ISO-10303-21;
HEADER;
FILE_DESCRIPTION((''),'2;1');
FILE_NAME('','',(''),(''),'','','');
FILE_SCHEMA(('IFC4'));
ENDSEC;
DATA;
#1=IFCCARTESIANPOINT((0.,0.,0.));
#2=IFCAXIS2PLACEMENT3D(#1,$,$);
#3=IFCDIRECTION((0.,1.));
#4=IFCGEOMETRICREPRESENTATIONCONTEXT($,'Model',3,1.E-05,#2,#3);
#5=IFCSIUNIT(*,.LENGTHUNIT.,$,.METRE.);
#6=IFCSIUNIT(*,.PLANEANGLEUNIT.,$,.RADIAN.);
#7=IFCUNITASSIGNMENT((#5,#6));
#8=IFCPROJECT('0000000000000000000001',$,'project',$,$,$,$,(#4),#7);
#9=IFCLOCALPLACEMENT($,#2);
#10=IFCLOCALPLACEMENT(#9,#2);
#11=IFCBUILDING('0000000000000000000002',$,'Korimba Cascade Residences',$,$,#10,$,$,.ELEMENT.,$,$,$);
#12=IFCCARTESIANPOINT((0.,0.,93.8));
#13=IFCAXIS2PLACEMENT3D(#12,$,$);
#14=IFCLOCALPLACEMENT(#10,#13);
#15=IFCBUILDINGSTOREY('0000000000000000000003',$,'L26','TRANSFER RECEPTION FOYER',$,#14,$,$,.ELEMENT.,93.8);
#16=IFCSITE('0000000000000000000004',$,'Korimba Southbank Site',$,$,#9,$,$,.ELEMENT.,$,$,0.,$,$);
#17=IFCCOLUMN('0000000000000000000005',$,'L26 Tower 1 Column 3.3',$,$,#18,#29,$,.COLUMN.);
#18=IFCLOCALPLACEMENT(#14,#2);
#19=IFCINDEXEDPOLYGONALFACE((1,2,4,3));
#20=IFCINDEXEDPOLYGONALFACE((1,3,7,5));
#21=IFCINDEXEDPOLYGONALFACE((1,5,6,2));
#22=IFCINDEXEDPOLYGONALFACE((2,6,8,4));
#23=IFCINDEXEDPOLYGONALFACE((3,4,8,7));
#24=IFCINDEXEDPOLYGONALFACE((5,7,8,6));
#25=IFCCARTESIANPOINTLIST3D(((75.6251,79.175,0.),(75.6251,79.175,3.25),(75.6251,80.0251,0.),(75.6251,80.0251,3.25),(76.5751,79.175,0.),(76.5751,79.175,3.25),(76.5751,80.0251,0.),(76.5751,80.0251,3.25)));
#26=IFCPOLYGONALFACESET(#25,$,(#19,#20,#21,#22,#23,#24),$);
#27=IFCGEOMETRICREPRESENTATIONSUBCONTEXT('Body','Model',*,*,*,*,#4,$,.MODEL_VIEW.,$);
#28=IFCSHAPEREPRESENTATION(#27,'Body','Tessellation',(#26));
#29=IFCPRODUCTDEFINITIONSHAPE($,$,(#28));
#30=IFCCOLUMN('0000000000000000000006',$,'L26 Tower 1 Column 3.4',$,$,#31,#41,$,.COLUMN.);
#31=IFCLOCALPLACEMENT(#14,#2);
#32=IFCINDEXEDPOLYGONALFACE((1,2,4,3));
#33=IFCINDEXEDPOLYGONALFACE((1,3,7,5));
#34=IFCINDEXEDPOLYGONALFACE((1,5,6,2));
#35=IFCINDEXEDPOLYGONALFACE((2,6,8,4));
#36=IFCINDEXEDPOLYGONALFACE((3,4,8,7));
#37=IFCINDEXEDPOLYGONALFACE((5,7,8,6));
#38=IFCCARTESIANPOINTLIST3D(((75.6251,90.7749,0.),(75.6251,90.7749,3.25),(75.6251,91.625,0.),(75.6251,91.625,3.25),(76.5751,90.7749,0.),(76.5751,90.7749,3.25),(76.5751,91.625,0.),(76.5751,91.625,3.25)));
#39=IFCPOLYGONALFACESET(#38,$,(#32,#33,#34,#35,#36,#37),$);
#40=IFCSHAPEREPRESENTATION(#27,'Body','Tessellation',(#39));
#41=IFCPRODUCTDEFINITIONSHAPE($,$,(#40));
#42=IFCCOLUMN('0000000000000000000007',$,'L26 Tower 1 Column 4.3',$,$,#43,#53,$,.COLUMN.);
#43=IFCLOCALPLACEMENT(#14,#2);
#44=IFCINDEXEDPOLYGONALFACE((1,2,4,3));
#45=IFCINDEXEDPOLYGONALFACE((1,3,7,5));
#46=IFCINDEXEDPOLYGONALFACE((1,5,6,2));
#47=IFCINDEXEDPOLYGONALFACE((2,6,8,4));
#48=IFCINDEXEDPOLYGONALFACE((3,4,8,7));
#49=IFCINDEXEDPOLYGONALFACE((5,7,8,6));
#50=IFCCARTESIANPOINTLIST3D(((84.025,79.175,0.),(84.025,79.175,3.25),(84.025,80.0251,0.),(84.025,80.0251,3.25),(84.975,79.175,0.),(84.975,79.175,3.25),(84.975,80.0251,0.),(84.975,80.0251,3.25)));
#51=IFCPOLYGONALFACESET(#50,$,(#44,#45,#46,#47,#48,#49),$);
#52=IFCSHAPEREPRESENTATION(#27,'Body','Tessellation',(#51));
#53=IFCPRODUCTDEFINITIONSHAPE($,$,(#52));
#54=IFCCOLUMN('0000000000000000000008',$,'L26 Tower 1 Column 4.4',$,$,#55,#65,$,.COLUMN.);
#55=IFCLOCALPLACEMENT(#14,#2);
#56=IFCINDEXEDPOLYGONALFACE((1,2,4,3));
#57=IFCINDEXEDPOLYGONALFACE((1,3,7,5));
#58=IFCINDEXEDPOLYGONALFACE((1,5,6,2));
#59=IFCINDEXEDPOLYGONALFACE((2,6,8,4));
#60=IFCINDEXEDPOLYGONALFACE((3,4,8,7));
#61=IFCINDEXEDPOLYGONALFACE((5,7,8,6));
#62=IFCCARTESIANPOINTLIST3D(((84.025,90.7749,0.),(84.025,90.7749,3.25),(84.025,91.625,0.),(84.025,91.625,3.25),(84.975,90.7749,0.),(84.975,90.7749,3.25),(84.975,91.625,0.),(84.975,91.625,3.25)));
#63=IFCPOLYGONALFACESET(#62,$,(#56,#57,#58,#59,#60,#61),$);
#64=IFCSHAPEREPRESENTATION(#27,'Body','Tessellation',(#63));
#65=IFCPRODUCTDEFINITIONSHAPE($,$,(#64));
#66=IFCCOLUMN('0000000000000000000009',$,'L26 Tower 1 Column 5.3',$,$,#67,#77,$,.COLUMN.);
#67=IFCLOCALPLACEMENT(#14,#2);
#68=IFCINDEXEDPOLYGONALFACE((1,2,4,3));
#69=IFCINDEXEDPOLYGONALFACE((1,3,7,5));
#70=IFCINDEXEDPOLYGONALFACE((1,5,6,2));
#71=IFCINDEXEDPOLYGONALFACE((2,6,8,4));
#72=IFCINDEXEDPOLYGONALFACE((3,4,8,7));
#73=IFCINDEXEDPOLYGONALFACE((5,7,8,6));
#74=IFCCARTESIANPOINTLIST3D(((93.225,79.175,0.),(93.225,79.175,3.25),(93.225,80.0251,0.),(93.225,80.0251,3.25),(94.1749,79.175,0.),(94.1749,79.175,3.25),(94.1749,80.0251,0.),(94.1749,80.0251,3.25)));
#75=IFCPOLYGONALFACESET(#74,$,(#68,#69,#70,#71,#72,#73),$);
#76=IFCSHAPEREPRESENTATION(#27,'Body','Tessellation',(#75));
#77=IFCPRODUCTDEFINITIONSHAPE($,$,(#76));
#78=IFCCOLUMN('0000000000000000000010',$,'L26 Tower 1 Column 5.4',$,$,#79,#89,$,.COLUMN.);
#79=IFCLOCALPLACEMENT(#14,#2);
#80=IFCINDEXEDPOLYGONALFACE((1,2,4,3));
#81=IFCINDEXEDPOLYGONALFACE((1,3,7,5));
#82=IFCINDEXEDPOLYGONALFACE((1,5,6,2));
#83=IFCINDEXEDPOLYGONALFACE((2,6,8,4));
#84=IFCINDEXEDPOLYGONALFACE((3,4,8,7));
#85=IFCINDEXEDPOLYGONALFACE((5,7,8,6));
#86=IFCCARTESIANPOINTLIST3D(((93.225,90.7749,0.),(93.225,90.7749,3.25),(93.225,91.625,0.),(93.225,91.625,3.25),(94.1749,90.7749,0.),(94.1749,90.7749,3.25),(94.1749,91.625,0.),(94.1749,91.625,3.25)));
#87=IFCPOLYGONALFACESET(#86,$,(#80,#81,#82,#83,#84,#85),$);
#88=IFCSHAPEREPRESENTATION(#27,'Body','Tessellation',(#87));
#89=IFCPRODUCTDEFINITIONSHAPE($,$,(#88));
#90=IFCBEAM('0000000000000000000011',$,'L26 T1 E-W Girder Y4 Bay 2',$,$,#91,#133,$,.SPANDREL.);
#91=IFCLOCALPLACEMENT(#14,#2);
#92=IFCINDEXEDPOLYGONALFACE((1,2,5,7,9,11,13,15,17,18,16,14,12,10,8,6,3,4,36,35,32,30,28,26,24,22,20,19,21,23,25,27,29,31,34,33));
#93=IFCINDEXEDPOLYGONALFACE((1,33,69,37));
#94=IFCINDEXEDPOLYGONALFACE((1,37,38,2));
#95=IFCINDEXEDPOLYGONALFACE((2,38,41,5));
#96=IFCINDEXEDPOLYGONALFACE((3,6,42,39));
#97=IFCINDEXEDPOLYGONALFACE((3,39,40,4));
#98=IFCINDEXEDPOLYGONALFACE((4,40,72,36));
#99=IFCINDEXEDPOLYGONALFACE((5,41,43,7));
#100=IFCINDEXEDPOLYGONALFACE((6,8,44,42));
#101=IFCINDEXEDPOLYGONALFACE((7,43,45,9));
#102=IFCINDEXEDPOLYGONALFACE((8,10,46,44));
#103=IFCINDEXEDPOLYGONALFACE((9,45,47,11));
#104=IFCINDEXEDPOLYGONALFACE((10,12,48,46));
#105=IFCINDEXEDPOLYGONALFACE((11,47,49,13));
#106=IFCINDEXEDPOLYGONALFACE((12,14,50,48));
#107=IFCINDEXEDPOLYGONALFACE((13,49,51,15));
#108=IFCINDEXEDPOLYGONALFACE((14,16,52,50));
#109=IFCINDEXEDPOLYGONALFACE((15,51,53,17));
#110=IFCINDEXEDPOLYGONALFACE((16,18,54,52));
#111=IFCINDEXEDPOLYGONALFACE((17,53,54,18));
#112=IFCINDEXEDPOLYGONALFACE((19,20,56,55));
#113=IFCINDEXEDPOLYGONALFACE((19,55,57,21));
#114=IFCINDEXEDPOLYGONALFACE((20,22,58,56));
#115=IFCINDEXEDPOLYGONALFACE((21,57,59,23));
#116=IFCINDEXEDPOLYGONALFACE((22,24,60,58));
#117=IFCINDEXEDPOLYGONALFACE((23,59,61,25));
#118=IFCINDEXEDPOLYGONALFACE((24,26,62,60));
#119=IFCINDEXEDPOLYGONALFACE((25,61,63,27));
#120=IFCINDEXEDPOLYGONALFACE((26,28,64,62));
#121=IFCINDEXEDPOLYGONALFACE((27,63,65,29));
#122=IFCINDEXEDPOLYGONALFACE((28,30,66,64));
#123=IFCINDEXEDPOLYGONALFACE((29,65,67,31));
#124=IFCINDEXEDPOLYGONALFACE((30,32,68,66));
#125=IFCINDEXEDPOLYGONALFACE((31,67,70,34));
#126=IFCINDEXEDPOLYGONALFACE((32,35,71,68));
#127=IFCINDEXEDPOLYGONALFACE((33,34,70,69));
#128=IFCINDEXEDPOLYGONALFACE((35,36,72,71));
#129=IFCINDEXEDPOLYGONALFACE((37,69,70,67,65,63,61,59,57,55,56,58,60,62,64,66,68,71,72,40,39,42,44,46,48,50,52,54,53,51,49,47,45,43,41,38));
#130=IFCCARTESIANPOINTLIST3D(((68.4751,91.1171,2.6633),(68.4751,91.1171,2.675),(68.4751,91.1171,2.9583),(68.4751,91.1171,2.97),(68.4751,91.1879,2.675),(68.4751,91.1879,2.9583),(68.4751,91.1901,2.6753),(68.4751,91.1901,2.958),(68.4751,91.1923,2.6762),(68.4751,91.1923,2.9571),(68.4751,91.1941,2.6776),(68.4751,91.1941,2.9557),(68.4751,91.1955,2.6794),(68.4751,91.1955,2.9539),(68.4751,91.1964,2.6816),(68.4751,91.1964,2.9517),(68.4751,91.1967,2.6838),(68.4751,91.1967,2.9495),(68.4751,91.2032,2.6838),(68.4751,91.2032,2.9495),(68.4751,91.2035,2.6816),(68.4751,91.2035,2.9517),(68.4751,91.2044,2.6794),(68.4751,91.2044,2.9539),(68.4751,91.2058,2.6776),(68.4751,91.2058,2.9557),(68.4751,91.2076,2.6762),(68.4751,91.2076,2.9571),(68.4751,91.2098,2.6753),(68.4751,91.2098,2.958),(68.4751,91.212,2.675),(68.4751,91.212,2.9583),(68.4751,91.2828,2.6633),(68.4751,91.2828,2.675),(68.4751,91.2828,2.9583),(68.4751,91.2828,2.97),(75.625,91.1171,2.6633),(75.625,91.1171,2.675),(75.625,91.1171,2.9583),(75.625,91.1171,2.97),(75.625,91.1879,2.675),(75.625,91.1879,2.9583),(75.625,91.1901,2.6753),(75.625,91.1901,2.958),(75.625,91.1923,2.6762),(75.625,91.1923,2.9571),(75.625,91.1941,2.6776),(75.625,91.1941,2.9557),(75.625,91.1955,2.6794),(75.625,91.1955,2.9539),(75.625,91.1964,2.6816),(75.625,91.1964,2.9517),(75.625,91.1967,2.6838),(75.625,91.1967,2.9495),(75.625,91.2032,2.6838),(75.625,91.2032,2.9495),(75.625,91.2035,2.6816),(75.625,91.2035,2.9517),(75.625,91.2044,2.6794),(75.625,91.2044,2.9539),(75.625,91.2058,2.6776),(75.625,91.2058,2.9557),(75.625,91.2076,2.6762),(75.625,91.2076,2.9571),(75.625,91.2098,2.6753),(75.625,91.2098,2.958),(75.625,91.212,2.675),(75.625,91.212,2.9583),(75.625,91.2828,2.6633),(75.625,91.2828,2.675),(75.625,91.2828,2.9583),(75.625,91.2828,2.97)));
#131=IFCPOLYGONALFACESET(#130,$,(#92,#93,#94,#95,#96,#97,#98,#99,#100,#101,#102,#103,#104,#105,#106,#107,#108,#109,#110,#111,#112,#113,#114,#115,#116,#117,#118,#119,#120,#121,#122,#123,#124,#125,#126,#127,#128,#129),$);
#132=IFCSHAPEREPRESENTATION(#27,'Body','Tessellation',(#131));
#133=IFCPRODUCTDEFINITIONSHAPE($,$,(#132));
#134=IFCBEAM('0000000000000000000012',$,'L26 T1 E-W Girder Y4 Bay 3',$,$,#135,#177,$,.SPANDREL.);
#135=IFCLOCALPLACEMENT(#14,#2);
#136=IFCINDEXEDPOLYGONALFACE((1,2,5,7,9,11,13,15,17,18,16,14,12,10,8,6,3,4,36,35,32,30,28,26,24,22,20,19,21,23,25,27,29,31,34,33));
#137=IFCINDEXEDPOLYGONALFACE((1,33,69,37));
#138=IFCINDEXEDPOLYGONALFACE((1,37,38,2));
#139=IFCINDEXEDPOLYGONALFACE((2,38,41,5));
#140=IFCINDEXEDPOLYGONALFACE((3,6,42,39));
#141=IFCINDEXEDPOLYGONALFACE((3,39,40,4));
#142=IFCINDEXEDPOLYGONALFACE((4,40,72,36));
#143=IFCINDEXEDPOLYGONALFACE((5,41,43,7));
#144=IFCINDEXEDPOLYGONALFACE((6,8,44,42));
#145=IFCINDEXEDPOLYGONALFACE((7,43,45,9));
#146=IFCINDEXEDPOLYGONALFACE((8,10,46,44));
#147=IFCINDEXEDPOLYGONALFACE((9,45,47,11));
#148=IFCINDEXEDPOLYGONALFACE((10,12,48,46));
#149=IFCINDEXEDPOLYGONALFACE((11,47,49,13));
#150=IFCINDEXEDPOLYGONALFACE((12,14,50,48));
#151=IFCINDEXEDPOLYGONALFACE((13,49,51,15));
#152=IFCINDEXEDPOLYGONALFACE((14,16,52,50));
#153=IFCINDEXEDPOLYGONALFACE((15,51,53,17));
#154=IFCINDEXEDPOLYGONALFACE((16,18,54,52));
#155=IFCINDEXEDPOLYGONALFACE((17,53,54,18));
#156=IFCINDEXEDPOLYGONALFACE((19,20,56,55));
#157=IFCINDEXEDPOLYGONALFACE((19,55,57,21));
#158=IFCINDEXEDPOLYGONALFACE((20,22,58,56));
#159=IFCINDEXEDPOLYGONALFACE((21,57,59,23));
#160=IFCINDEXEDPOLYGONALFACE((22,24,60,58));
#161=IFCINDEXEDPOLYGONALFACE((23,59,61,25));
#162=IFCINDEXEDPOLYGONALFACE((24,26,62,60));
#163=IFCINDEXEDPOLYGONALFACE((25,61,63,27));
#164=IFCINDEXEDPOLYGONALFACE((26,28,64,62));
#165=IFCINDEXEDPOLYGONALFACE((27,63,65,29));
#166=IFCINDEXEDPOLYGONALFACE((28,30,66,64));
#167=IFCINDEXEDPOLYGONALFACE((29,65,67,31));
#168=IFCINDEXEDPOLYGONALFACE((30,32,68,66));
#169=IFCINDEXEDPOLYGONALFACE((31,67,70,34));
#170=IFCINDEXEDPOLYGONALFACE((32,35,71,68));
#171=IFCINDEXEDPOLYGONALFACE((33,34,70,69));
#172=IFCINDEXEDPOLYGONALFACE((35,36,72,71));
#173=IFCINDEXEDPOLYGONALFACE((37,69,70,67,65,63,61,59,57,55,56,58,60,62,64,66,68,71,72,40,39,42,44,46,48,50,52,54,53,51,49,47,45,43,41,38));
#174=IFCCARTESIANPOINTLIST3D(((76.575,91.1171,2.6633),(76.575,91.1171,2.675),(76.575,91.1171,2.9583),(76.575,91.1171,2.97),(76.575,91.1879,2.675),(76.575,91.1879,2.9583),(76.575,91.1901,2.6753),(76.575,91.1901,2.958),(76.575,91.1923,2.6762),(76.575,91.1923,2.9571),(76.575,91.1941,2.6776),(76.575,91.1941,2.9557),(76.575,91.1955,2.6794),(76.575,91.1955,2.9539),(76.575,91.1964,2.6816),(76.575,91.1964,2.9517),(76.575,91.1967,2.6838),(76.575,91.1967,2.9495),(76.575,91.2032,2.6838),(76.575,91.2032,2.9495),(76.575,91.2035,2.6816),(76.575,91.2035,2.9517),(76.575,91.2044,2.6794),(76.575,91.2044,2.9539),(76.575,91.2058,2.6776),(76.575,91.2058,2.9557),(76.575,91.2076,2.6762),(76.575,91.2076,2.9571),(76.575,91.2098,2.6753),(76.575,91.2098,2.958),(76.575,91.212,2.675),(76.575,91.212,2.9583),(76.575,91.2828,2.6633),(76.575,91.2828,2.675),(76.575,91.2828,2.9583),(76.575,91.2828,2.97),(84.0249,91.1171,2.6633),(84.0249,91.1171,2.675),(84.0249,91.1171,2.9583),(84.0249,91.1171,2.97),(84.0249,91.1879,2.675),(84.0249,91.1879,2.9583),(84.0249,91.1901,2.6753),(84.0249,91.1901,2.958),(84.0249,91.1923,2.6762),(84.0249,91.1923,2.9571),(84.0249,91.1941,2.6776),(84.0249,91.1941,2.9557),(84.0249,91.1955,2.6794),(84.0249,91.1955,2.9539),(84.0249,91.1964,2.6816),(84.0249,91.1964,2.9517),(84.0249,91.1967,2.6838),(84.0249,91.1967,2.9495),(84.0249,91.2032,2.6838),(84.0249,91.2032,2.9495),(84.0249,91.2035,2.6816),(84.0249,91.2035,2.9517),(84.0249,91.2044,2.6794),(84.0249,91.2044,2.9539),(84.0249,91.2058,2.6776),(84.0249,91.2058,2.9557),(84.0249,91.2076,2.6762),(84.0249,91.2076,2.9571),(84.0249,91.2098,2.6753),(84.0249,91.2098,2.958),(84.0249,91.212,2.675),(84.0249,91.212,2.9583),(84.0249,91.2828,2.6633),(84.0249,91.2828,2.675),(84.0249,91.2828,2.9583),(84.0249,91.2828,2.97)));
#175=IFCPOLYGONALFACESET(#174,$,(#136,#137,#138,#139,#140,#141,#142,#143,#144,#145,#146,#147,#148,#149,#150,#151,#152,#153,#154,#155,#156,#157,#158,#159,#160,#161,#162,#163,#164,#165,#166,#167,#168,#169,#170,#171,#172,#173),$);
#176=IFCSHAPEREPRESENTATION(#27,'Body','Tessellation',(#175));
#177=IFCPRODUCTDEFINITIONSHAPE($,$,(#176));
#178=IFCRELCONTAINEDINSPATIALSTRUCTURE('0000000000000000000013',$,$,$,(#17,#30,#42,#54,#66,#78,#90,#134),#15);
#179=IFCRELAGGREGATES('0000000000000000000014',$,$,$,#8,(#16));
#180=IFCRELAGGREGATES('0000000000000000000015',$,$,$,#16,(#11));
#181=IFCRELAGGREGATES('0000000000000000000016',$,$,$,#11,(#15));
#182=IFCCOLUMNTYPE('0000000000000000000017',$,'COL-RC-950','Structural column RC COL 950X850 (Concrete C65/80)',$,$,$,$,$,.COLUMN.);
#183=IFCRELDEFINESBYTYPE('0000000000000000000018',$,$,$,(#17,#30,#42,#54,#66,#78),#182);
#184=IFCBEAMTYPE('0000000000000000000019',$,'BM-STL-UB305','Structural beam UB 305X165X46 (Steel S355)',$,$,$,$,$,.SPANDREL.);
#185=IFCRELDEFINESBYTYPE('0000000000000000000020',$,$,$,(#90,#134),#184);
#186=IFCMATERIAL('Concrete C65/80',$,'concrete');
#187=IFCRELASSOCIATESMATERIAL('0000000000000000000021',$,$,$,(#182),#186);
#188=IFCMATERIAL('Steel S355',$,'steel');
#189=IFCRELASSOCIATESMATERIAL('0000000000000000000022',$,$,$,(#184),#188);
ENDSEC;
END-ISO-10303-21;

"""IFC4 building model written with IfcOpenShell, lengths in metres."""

from ifc_helpers import new_model, si_unit, direction, frame, origin, origin_2d, place, context, subcontext, project, spatial, rectangle, i_section, extrude, material, material_profile, profile_set, type_object, element, save


model = new_model("IFC4")

# Units and contexts
model_context = context("Model", 3, precision=1e-05, world=origin(), true_north=direction((0.0, 1.0)))
body_context = subcontext(model_context, "Body", "Model", "MODEL_VIEW")
ifc_project = project(units=[si_unit("LENGTHUNIT", "METRE"), si_unit("PLANEANGLEUNIT", "RADIAN")], contexts=[model_context])

# Site, building, storey
site_placement = place(None, origin())
site = spatial("IfcSite", under=ifc_project, at=site_placement, Name="Korimba Southbank Site", CompositionType="ELEMENT", RefElevation=0.0)
building_placement = place(site_placement, origin())
building = spatial("IfcBuilding", under=site, at=building_placement, Name="Korimba Cascade Residences", CompositionType="ELEMENT")
storey_placement = place(building_placement, frame((0.0, 0.0, 93.8)))
storey = spatial("IfcBuildingStorey", under=building, at=storey_placement, Name="L26", Description="TRANSFER RECEPTION FOYER", CompositionType="ELEMENT", Elevation=93.8)

# Columns
ifc_material_1 = material(Name="Concrete C65/80", Category="concrete")
ifc_material_profile_1 = material_profile(ifc_material_1, rectangle(XDim=0.95, YDim=0.8501, at=origin_2d()), Name="Concrete C65/80")
ifc_profile_set_1 = profile_set([ifc_material_profile_1], Name="Concrete C65/80")
column_type = type_object("IfcColumnType", Name="COL-RC-950", Description="Structural column RC COL 950X850 (Concrete C65/80)", PredefinedType="COLUMN", material=ifc_profile_set_1)
for number, where, z_axis, x_axis, name in (
    (1, (76.1001, 79.6001, 0.0), (0.0, 0.0, 1.0), (1.0, 0.0, 0.0), "L26 Tower 1 Column 3.3"),
    (2, (76.1001, 91.2, 0.0), (0.0, 0.0, 1.0), (1.0, 0.0, 0.0), "L26 Tower 1 Column 3.4"),
    (3, (84.5, 79.6001, 0.0), (0.0, 0.0, 1.0), (1.0, 0.0, 0.0), "L26 Tower 1 Column 4.3"),
    (4, (84.5, 91.2, 0.0), (0.0, 0.0, 1.0), (1.0, 0.0, 0.0), "L26 Tower 1 Column 4.4"),
    (5, (93.7, 79.6001, 0.0), (0.0, 0.0, 1.0), (1.0, 0.0, 0.0), "L26 Tower 1 Column 5.3"),
    (6, (93.7, 91.2, 0.0), (0.0, 0.0, 1.0), (1.0, 0.0, 0.0), "L26 Tower 1 Column 5.4"),
):
    element("IfcColumn", number, at=place(storey_placement, frame(where, z_axis=z_axis, x_axis=x_axis)), inside=storey, type_object=column_type, Name=name, PredefinedType="COLUMN", context=body_context, shape_type="SweptSolid", body=[
        extrude(rectangle(XDim=0.95, YDim=0.8501, at=origin_2d()), origin(), (0.0, 0.0, 1.0), 3.25),
    ])

# Beams
ifc_material_2 = material(Name="Steel S355", Category="steel")
ifc_material_profile_2 = material_profile(ifc_material_2, i_section(OverallWidth=0.1658, OverallDepth=0.3066, WebThickness=0.0066, FlangeThickness=0.0117, FilletRadius=0.0088, at=origin_2d()), Name="Steel S355")
ifc_profile_set_2 = profile_set([ifc_material_profile_2], Name="Steel S355")
beam_type_1 = type_object("IfcBeamType", Name="BM-STL-UB305", Description="Structural beam UB 305X165X46 (Steel S355)", PredefinedType="SPANDREL", material=ifc_profile_set_2)
beam_1_placement = place(storey_placement, frame((68.4751, 91.2, 2.8167), z_axis=(1.0, 0.0, 0.0), x_axis=(0.0, 1.0, 0.0)))
element("IfcBeam", 7, at=beam_1_placement, inside=storey, type_object=beam_type_1, Name="L26 T1 E-W Girder Y4 Bay 2", PredefinedType="SPANDREL", context=body_context, shape_type="SweptSolid", body=[
    extrude(i_section(OverallWidth=0.1658, OverallDepth=0.3066, WebThickness=0.0066, FlangeThickness=0.0117, FilletRadius=0.0088, at=origin_2d()), origin(), (0.0, 0.0, 1.0), 7.1499),
])
beam_2_placement = place(storey_placement, frame((76.575, 91.2, 2.8167), z_axis=(1.0, 0.0, 0.0), x_axis=(0.0, 1.0, 0.0)))
element("IfcBeam", 8, at=beam_2_placement, inside=storey, type_object=beam_type_1, Name="L26 T1 E-W Girder Y4 Bay 3", PredefinedType="SPANDREL", context=body_context, shape_type="SweptSolid", body=[
    extrude(i_section(OverallWidth=0.1658, OverallDepth=0.3066, WebThickness=0.0066, FlangeThickness=0.0117, FilletRadius=0.0088, at=origin_2d()), origin(), (0.0, 0.0, 1.0), 7.45),
])

save(model, "model.ifc")
